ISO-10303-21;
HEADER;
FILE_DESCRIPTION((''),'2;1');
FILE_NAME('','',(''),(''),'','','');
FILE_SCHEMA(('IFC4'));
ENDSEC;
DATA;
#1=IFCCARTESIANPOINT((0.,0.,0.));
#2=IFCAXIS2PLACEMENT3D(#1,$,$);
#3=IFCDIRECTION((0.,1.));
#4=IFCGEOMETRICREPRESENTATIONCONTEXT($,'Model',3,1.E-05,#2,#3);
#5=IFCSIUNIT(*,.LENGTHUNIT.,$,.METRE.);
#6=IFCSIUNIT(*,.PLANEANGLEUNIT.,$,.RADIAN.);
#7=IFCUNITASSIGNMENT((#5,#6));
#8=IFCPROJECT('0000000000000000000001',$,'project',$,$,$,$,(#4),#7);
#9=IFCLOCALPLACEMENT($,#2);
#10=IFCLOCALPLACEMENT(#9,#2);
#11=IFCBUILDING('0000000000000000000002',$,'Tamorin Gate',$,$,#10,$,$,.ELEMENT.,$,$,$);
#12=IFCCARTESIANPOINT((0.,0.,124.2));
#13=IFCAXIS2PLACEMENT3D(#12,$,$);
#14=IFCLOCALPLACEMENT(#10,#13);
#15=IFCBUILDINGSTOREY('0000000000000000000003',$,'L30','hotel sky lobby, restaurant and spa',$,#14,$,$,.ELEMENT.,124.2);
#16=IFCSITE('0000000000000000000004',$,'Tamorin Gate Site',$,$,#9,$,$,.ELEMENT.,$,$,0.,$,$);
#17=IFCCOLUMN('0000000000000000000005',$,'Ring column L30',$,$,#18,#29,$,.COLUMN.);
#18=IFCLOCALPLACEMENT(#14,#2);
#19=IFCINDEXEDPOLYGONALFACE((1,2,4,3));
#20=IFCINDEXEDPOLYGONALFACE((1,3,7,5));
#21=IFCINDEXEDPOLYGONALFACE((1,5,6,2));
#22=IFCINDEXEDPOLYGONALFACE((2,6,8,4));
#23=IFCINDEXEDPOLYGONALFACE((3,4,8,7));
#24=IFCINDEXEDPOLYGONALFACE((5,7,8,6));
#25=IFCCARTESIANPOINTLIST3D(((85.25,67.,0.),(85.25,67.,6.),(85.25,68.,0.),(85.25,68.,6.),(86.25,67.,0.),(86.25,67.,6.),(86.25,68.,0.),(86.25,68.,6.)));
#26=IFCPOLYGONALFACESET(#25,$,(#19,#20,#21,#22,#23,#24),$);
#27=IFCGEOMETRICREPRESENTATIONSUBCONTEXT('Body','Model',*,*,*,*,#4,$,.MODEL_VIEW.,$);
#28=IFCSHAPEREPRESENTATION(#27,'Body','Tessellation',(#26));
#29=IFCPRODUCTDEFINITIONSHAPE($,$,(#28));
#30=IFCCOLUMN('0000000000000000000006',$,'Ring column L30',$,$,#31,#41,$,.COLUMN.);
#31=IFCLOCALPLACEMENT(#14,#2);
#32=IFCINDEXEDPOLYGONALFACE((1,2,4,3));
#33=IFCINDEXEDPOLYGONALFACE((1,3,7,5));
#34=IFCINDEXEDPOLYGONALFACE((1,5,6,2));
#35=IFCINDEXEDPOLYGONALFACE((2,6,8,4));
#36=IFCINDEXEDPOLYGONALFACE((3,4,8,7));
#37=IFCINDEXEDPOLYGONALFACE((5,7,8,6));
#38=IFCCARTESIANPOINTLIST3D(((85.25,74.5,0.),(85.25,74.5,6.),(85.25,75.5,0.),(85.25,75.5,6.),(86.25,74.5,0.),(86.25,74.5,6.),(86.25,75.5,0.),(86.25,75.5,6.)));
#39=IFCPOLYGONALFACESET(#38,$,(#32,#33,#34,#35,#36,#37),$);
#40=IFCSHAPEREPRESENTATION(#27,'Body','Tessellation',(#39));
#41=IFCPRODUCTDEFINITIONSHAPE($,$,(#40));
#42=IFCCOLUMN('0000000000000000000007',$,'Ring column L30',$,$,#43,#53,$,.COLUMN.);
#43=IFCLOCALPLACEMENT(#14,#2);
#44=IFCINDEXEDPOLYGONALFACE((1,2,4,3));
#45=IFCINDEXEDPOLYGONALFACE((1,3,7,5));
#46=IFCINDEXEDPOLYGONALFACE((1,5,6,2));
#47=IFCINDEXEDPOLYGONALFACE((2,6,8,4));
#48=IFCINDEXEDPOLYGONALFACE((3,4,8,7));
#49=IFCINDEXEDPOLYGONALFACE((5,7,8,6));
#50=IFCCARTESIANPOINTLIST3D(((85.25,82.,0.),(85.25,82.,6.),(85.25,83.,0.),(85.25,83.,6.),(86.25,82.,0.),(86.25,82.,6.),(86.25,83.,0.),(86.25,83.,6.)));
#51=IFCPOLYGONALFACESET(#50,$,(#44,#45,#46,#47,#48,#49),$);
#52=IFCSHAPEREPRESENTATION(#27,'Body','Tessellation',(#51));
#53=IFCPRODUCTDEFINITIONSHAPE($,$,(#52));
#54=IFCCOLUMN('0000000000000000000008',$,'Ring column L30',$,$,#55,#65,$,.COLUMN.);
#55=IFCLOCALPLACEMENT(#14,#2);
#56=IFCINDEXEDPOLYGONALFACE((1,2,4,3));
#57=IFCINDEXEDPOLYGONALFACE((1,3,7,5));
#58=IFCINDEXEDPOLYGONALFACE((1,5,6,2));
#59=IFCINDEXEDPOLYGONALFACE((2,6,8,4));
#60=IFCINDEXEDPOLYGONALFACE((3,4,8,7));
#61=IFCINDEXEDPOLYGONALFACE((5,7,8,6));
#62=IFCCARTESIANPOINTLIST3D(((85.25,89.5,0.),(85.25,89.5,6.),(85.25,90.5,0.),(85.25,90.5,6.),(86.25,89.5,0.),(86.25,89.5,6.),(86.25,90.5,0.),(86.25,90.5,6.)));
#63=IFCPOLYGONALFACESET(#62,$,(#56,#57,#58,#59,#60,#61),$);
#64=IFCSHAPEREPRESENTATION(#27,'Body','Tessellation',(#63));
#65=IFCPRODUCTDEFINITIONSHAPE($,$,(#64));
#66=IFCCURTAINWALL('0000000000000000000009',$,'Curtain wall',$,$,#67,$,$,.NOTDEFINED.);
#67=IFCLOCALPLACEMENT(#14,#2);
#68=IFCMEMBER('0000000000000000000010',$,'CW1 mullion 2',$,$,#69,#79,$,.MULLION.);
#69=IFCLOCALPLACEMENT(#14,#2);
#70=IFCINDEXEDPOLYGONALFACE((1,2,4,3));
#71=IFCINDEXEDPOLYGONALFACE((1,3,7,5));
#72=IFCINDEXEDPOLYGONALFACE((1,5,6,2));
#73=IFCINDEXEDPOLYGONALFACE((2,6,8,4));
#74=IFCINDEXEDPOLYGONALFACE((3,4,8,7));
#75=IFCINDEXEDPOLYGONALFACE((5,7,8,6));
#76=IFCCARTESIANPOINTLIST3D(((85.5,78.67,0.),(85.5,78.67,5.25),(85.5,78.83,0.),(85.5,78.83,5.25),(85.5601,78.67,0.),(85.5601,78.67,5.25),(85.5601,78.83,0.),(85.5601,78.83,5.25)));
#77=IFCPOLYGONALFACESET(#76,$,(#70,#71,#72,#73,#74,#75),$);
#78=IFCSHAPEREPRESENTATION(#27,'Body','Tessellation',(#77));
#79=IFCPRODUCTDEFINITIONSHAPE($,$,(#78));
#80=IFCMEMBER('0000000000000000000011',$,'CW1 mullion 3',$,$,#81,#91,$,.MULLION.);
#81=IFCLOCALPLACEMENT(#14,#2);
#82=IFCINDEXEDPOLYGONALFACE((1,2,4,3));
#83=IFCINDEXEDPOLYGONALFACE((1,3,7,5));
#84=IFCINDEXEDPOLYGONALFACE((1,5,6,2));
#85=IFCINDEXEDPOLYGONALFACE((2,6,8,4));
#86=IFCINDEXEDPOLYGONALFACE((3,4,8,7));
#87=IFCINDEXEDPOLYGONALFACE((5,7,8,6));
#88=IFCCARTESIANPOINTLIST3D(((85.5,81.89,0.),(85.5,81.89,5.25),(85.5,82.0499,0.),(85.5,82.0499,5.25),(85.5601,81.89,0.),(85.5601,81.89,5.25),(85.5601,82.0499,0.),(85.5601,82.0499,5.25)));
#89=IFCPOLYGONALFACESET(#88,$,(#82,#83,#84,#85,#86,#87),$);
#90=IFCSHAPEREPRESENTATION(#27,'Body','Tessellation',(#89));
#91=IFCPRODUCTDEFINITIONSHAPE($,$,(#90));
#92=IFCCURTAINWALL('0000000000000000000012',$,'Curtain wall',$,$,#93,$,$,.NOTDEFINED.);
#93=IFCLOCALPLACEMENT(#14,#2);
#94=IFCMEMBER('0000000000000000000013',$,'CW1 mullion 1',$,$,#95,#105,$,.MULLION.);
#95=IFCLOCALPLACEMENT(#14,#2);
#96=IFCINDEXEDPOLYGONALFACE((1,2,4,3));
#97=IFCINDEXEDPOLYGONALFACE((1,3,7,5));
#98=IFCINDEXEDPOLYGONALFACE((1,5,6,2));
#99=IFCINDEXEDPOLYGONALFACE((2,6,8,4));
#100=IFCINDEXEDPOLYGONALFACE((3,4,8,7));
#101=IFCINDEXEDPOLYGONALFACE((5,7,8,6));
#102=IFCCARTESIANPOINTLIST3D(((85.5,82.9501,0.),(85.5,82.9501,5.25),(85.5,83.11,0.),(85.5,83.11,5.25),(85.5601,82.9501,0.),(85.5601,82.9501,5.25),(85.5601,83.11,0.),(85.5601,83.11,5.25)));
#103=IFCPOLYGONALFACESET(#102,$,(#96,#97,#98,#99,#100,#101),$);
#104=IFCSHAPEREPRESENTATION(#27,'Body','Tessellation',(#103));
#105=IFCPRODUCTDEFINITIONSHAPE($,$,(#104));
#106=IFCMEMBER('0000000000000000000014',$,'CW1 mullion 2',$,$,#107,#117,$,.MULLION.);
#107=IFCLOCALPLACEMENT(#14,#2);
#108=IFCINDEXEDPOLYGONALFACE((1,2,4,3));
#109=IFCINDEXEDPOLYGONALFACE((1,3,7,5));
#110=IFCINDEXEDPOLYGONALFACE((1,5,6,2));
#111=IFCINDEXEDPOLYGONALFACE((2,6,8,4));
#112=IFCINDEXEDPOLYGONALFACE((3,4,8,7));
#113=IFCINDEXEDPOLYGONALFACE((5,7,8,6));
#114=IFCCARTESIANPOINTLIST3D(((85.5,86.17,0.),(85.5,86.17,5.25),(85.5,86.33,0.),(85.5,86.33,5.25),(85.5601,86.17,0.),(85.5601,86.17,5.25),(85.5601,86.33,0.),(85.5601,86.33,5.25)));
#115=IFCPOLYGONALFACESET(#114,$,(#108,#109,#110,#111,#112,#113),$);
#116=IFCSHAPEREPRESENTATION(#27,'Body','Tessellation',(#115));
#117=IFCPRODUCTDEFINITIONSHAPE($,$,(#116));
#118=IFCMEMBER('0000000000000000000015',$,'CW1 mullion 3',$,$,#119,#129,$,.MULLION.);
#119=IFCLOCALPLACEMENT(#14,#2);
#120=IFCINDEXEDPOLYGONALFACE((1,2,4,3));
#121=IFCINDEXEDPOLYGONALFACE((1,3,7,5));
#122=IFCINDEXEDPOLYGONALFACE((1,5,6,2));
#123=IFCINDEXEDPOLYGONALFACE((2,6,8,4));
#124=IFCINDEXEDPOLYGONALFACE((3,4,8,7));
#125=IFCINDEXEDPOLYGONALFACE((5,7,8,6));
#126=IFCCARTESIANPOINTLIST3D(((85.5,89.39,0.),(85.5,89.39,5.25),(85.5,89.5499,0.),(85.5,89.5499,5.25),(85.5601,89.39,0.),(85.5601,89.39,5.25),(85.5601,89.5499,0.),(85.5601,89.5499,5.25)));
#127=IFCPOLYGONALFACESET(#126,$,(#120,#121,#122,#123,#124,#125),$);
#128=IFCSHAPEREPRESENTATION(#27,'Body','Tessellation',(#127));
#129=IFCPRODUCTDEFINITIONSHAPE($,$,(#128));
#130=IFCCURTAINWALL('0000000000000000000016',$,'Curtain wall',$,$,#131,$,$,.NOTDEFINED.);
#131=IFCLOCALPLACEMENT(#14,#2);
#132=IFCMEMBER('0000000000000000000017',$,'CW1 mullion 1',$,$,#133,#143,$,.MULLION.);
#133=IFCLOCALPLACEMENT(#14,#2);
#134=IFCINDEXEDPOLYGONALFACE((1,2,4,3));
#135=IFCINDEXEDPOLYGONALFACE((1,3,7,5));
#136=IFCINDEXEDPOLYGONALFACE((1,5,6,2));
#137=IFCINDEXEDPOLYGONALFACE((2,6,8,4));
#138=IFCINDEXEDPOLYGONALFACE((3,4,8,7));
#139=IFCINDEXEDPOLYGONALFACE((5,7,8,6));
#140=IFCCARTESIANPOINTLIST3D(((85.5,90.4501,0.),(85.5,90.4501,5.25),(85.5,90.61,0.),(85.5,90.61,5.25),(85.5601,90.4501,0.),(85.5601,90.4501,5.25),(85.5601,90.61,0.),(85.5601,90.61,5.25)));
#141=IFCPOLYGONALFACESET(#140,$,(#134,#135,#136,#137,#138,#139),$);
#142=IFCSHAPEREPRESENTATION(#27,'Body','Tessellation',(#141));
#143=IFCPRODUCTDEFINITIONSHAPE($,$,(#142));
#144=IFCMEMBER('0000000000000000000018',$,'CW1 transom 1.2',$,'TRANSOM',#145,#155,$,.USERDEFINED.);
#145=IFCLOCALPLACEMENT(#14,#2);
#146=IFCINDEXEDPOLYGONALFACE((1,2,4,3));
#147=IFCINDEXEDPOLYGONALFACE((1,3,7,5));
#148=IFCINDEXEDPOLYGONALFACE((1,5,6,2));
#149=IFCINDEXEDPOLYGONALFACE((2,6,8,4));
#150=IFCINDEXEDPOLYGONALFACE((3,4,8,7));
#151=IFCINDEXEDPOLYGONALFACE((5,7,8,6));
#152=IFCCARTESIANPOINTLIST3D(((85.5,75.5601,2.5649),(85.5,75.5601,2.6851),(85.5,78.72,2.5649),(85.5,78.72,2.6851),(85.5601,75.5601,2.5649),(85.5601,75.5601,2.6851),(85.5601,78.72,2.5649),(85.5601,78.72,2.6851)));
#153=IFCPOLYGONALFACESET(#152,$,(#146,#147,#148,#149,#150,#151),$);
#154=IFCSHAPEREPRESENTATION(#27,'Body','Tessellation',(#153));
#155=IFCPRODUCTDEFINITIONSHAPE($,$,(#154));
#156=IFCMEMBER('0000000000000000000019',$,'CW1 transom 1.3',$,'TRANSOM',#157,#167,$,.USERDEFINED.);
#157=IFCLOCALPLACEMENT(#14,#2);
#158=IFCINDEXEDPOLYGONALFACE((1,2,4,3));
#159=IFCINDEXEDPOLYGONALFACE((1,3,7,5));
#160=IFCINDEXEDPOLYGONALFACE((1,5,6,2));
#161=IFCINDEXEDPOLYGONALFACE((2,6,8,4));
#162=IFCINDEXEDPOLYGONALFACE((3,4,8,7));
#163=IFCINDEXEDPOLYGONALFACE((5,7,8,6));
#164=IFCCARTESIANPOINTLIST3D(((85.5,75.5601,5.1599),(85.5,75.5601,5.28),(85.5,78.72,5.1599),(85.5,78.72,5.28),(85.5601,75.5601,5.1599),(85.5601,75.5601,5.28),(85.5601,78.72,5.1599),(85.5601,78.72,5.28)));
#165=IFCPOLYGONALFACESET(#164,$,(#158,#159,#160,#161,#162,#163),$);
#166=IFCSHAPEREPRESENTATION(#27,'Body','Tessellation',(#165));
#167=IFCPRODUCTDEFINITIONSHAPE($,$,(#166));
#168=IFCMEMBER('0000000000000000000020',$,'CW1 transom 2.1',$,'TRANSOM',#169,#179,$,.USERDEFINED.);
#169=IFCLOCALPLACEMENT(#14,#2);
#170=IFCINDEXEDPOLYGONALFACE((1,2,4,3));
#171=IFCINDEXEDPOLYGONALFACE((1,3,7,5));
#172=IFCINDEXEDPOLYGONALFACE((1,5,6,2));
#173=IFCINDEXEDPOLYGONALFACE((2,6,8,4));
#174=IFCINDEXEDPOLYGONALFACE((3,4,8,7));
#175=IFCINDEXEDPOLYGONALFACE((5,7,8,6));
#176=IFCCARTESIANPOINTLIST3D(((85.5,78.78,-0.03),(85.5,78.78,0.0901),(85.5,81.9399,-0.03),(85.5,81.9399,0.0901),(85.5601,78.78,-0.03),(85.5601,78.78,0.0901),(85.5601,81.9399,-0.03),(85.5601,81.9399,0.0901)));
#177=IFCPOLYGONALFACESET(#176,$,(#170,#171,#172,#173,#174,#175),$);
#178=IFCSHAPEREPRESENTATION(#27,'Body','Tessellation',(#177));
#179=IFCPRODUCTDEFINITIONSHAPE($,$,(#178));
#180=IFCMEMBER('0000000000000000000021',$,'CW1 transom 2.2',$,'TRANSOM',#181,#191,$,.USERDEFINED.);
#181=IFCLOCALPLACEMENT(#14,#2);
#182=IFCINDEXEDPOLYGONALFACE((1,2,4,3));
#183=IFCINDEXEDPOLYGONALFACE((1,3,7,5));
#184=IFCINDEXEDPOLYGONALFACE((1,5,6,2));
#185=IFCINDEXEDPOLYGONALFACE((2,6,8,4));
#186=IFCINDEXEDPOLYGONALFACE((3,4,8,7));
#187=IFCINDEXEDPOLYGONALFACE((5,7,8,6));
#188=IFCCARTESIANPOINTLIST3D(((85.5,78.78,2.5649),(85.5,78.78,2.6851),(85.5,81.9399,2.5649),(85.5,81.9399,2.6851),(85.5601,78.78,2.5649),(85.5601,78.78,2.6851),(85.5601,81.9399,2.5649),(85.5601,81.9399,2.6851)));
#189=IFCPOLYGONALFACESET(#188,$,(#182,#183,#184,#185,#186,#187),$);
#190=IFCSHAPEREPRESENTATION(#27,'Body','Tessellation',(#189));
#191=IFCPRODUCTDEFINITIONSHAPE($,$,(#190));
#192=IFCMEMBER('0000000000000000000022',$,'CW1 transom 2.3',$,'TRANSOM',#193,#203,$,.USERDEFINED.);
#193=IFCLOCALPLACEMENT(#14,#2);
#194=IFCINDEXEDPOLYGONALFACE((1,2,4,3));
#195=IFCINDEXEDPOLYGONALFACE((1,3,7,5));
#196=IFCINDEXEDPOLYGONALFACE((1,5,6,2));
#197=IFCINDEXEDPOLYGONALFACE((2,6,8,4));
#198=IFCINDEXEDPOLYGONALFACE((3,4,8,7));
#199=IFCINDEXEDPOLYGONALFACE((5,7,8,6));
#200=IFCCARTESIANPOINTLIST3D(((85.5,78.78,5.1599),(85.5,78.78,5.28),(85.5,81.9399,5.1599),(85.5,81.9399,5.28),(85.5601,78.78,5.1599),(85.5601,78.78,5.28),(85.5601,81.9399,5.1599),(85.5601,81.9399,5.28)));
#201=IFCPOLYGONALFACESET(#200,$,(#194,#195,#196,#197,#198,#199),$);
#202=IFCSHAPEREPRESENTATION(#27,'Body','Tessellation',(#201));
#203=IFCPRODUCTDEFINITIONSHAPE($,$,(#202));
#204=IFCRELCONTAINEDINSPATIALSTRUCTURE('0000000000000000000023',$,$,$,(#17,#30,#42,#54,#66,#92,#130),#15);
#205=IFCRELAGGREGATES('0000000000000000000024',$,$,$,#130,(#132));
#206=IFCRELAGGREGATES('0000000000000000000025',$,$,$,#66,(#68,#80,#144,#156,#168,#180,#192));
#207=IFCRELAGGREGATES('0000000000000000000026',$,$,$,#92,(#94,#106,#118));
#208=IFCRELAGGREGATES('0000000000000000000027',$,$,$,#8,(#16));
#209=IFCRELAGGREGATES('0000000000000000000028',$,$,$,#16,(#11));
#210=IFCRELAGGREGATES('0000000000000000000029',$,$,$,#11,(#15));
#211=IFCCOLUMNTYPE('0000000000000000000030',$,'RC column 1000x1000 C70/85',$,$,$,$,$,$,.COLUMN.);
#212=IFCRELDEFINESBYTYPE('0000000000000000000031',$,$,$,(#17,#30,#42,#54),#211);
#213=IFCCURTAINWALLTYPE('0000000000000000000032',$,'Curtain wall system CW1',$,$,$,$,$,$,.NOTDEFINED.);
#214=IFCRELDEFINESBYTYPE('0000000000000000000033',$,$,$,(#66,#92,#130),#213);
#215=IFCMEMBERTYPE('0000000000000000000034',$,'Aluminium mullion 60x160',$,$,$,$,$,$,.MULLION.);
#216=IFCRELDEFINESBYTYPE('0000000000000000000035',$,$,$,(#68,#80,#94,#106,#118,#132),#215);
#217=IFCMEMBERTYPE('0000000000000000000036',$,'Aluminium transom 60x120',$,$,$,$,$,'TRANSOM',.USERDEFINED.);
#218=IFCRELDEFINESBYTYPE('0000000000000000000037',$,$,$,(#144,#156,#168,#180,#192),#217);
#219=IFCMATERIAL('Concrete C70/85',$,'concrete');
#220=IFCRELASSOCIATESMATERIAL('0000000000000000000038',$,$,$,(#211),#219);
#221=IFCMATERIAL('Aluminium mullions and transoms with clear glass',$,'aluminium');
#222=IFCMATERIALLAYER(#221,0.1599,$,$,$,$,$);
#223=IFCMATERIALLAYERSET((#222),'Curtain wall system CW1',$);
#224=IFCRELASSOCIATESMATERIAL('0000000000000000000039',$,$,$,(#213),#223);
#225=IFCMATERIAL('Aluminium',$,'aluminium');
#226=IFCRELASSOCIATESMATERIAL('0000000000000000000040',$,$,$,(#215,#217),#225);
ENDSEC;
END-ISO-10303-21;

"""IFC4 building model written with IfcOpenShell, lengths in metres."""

from ifc_helpers import new_model, si_unit, direction, frame, origin, origin_2d, place, context, subcontext, project, spatial, rectangle, extrude, material, layer, layer_set, material_profile, profile_set, type_object, element, aggregate, save


model = new_model("IFC4")

# Units and contexts
model_context = context("Model", 3, precision=1e-05, world=origin(), true_north=direction((0.0, 1.0)))
body_context = subcontext(model_context, "Body", "Model", "MODEL_VIEW")
ifc_project = project(units=[si_unit("LENGTHUNIT", "METRE"), si_unit("PLANEANGLEUNIT", "RADIAN")], contexts=[model_context])

# Site, building, storey
site_placement = place(None, origin())
site = spatial("IfcSite", under=ifc_project, at=site_placement, Name="Tamorin Gate Site", CompositionType="ELEMENT", RefElevation=0.0)
building_placement = place(site_placement, origin())
building = spatial("IfcBuilding", under=site, at=building_placement, Name="Tamorin Gate", CompositionType="ELEMENT")
storey_placement = place(building_placement, frame((0.0, 0.0, 124.2)))
storey = spatial("IfcBuildingStorey", under=building, at=storey_placement, Name="L30", Description="hotel sky lobby, restaurant and spa", CompositionType="ELEMENT", Elevation=124.2)

# Columns
ifc_material_1 = material(Name="Concrete C70/85", Category="concrete")
ifc_material_profile_1 = material_profile(ifc_material_1, rectangle(XDim=1.0, YDim=1.0, at=origin_2d()), Name="RC 1000x1000")
ifc_profile_set_1 = profile_set([ifc_material_profile_1], Name="Concrete C70/85")
column_type = type_object("IfcColumnType", Name="RC column 1000x1000 C70/85", PredefinedType="COLUMN", material=ifc_profile_set_1)
for number, where, z_axis, x_axis, name in (
    (1, (85.75, 67.5, 0.0), (0.0, 0.0, 1.0), (1.0, 0.0, 0.0), "Ring column L30"),
    (2, (85.75, 75.0, 0.0), (0.0, 0.0, 1.0), (1.0, 0.0, 0.0), "Ring column L30"),
    (3, (85.75, 82.5, 0.0), (0.0, 0.0, 1.0), (1.0, 0.0, 0.0), "Ring column L30"),
    (4, (85.75, 90.0, 0.0), (0.0, 0.0, 1.0), (1.0, 0.0, 0.0), "Ring column L30"),
):
    element("IfcColumn", number, at=place(storey_placement, frame(where, z_axis=z_axis, x_axis=x_axis)), inside=storey, type_object=column_type, Name=name, PredefinedType="COLUMN", context=body_context, shape_type="SweptSolid", body=[
        extrude(rectangle(XDim=1.0, YDim=1.0, at=origin_2d()), origin(), (0.0, 0.0, 1.0), 6.0),
    ])

# Curtain walls, members
ifc_material_2 = material(Name="Aluminium mullions and transoms with clear glass", Category="aluminium")
ifc_layer_1 = layer(ifc_material_2, 0.1599)
ifc_layer_set_1 = layer_set([ifc_layer_1], Name="Curtain wall system CW1")
curtain_wall_type = type_object("IfcCurtainWallType", Name="Curtain wall system CW1", PredefinedType="NOTDEFINED", material=ifc_layer_set_1)
curtain_wall_1_placement = place(storey_placement, origin())
curtain_wall_1 = element("IfcCurtainWall", 5, at=curtain_wall_1_placement, inside=storey, type_object=curtain_wall_type, Name="Curtain wall", PredefinedType="NOTDEFINED")
ifc_material_3 = material(Name="Aluminium", Category="aluminium")
ifc_material_profile_2 = material_profile(ifc_material_3, rectangle(XDim=0.0601, YDim=0.1599, at=origin_2d()), Name="RECT 60x160")
ifc_profile_set_2 = profile_set([ifc_material_profile_2], Name="Aluminium")
member_type_1 = type_object("IfcMemberType", Name="Aluminium mullion 60x160", PredefinedType="MULLION", material=ifc_profile_set_2)
member_1_placement = place(storey_placement, frame((85.53, 78.75, 0.0), z_axis=(0.0, 0.0, 1.0), x_axis=(-1.0, 0.0, 0.0)))
member_1 = element("IfcMember", 6, at=member_1_placement, type_object=member_type_1, Name="CW1 mullion 2", PredefinedType="MULLION", context=body_context, shape_type="SweptSolid", body=[
    extrude(rectangle(XDim=0.0601, YDim=0.1599, at=origin_2d()), origin(), (0.0, 0.0, 1.0), 5.25),
])
member_2_placement = place(storey_placement, frame((85.53, 81.97, 0.0), z_axis=(0.0, 0.0, 1.0), x_axis=(-1.0, 0.0, 0.0)))
member_2 = element("IfcMember", 7, at=member_2_placement, type_object=member_type_1, Name="CW1 mullion 3", PredefinedType="MULLION", context=body_context, shape_type="SweptSolid", body=[
    extrude(rectangle(XDim=0.0601, YDim=0.1599, at=origin_2d()), origin(), (0.0, 0.0, 1.0), 5.25),
])
curtain_wall_2_placement = place(storey_placement, origin())
curtain_wall_2 = element("IfcCurtainWall", 8, at=curtain_wall_2_placement, inside=storey, type_object=curtain_wall_type, Name="Curtain wall", PredefinedType="NOTDEFINED")
member_3_placement = place(storey_placement, frame((85.53, 83.03, 0.0), z_axis=(0.0, 0.0, 1.0), x_axis=(-1.0, 0.0, 0.0)))
member_3 = element("IfcMember", 9, at=member_3_placement, type_object=member_type_1, Name="CW1 mullion 1", PredefinedType="MULLION", context=body_context, shape_type="SweptSolid", body=[
    extrude(rectangle(XDim=0.0601, YDim=0.1599, at=origin_2d()), origin(), (0.0, 0.0, 1.0), 5.25),
])
member_4_placement = place(storey_placement, frame((85.53, 86.25, 0.0), z_axis=(0.0, 0.0, 1.0), x_axis=(-1.0, 0.0, 0.0)))
member_4 = element("IfcMember", 10, at=member_4_placement, type_object=member_type_1, Name="CW1 mullion 2", PredefinedType="MULLION", context=body_context, shape_type="SweptSolid", body=[
    extrude(rectangle(XDim=0.0601, YDim=0.1599, at=origin_2d()), origin(), (0.0, 0.0, 1.0), 5.25),
])
member_5_placement = place(storey_placement, frame((85.53, 89.47, 0.0), z_axis=(0.0, 0.0, 1.0), x_axis=(-1.0, 0.0, 0.0)))
member_5 = element("IfcMember", 11, at=member_5_placement, type_object=member_type_1, Name="CW1 mullion 3", PredefinedType="MULLION", context=body_context, shape_type="SweptSolid", body=[
    extrude(rectangle(XDim=0.0601, YDim=0.1599, at=origin_2d()), origin(), (0.0, 0.0, 1.0), 5.25),
])

# Curtain wall, member
curtain_wall_3_placement = place(storey_placement, origin())
curtain_wall_3 = element("IfcCurtainWall", 12, at=curtain_wall_3_placement, inside=storey, type_object=curtain_wall_type, Name="Curtain wall", PredefinedType="NOTDEFINED")
member_6_placement = place(storey_placement, frame((85.53, 90.53, 0.0), z_axis=(0.0, 0.0, 1.0), x_axis=(-1.0, 0.0, 0.0)))
member_6 = element("IfcMember", 13, at=member_6_placement, type_object=member_type_1, Name="CW1 mullion 1", PredefinedType="MULLION", context=body_context, shape_type="SweptSolid", body=[
    extrude(rectangle(XDim=0.0601, YDim=0.1599, at=origin_2d()), origin(), (0.0, 0.0, 1.0), 5.25),
])
aggregate(curtain_wall_3, [member_6])

# Members
ifc_material_profile_3 = material_profile(ifc_material_3, rectangle(XDim=0.0601, YDim=0.1201, at=origin_2d()), Name="RECT 60x120")
ifc_profile_set_3 = profile_set([ifc_material_profile_3], Name="Aluminium")
member_type_2 = type_object("IfcMemberType", Name="Aluminium transom 60x120", ElementType="TRANSOM", PredefinedType="USERDEFINED", material=ifc_profile_set_3)
member_7_placement = place(storey_placement, frame((85.53, 75.5601, 2.625), z_axis=(0.0, 1.0, 0.0), x_axis=(-1.0, 0.0, 0.0)))
member_7 = element("IfcMember", 14, at=member_7_placement, type_object=member_type_2, Name="CW1 transom 1.2", ObjectType="TRANSOM", PredefinedType="USERDEFINED", context=body_context, shape_type="SweptSolid", body=[
    extrude(rectangle(XDim=0.0601, YDim=0.1201, at=origin_2d()), origin(), (0.0, 0.0, 1.0), 3.1599),
])
member_8_placement = place(storey_placement, frame((85.53, 75.5601, 5.22), z_axis=(0.0, 1.0, 0.0), x_axis=(-1.0, 0.0, 0.0)))
member_8 = element("IfcMember", 15, at=member_8_placement, type_object=member_type_2, Name="CW1 transom 1.3", ObjectType="TRANSOM", PredefinedType="USERDEFINED", context=body_context, shape_type="SweptSolid", body=[
    extrude(rectangle(XDim=0.0601, YDim=0.1201, at=origin_2d()), origin(), (0.0, 0.0, 1.0), 3.1599),
])
member_9_placement = place(storey_placement, frame((85.53, 78.78, 0.03), z_axis=(0.0, 1.0, 0.0), x_axis=(-1.0, 0.0, 0.0)))
member_9 = element("IfcMember", 16, at=member_9_placement, type_object=member_type_2, Name="CW1 transom 2.1", ObjectType="TRANSOM", PredefinedType="USERDEFINED", context=body_context, shape_type="SweptSolid", body=[
    extrude(rectangle(XDim=0.0601, YDim=0.1201, at=origin_2d()), origin(), (0.0, 0.0, 1.0), 3.1599),
])
member_10_placement = place(storey_placement, frame((85.53, 78.78, 2.625), z_axis=(0.0, 1.0, 0.0), x_axis=(-1.0, 0.0, 0.0)))
member_10 = element("IfcMember", 17, at=member_10_placement, type_object=member_type_2, Name="CW1 transom 2.2", ObjectType="TRANSOM", PredefinedType="USERDEFINED", context=body_context, shape_type="SweptSolid", body=[
    extrude(rectangle(XDim=0.0601, YDim=0.1201, at=origin_2d()), origin(), (0.0, 0.0, 1.0), 3.1599),
])
member_11_placement = place(storey_placement, frame((85.53, 78.78, 5.22), z_axis=(0.0, 1.0, 0.0), x_axis=(-1.0, 0.0, 0.0)))
member_11 = element("IfcMember", 18, at=member_11_placement, type_object=member_type_2, Name="CW1 transom 2.3", ObjectType="TRANSOM", PredefinedType="USERDEFINED", context=body_context, shape_type="SweptSolid", body=[
    extrude(rectangle(XDim=0.0601, YDim=0.1201, at=origin_2d()), origin(), (0.0, 0.0, 1.0), 3.1599),
])

aggregate(curtain_wall_1, [member_1, member_2, member_7, member_8, member_9, member_10, member_11])
aggregate(curtain_wall_2, [member_3, member_4, member_5])

save(model, "model.ifc")
